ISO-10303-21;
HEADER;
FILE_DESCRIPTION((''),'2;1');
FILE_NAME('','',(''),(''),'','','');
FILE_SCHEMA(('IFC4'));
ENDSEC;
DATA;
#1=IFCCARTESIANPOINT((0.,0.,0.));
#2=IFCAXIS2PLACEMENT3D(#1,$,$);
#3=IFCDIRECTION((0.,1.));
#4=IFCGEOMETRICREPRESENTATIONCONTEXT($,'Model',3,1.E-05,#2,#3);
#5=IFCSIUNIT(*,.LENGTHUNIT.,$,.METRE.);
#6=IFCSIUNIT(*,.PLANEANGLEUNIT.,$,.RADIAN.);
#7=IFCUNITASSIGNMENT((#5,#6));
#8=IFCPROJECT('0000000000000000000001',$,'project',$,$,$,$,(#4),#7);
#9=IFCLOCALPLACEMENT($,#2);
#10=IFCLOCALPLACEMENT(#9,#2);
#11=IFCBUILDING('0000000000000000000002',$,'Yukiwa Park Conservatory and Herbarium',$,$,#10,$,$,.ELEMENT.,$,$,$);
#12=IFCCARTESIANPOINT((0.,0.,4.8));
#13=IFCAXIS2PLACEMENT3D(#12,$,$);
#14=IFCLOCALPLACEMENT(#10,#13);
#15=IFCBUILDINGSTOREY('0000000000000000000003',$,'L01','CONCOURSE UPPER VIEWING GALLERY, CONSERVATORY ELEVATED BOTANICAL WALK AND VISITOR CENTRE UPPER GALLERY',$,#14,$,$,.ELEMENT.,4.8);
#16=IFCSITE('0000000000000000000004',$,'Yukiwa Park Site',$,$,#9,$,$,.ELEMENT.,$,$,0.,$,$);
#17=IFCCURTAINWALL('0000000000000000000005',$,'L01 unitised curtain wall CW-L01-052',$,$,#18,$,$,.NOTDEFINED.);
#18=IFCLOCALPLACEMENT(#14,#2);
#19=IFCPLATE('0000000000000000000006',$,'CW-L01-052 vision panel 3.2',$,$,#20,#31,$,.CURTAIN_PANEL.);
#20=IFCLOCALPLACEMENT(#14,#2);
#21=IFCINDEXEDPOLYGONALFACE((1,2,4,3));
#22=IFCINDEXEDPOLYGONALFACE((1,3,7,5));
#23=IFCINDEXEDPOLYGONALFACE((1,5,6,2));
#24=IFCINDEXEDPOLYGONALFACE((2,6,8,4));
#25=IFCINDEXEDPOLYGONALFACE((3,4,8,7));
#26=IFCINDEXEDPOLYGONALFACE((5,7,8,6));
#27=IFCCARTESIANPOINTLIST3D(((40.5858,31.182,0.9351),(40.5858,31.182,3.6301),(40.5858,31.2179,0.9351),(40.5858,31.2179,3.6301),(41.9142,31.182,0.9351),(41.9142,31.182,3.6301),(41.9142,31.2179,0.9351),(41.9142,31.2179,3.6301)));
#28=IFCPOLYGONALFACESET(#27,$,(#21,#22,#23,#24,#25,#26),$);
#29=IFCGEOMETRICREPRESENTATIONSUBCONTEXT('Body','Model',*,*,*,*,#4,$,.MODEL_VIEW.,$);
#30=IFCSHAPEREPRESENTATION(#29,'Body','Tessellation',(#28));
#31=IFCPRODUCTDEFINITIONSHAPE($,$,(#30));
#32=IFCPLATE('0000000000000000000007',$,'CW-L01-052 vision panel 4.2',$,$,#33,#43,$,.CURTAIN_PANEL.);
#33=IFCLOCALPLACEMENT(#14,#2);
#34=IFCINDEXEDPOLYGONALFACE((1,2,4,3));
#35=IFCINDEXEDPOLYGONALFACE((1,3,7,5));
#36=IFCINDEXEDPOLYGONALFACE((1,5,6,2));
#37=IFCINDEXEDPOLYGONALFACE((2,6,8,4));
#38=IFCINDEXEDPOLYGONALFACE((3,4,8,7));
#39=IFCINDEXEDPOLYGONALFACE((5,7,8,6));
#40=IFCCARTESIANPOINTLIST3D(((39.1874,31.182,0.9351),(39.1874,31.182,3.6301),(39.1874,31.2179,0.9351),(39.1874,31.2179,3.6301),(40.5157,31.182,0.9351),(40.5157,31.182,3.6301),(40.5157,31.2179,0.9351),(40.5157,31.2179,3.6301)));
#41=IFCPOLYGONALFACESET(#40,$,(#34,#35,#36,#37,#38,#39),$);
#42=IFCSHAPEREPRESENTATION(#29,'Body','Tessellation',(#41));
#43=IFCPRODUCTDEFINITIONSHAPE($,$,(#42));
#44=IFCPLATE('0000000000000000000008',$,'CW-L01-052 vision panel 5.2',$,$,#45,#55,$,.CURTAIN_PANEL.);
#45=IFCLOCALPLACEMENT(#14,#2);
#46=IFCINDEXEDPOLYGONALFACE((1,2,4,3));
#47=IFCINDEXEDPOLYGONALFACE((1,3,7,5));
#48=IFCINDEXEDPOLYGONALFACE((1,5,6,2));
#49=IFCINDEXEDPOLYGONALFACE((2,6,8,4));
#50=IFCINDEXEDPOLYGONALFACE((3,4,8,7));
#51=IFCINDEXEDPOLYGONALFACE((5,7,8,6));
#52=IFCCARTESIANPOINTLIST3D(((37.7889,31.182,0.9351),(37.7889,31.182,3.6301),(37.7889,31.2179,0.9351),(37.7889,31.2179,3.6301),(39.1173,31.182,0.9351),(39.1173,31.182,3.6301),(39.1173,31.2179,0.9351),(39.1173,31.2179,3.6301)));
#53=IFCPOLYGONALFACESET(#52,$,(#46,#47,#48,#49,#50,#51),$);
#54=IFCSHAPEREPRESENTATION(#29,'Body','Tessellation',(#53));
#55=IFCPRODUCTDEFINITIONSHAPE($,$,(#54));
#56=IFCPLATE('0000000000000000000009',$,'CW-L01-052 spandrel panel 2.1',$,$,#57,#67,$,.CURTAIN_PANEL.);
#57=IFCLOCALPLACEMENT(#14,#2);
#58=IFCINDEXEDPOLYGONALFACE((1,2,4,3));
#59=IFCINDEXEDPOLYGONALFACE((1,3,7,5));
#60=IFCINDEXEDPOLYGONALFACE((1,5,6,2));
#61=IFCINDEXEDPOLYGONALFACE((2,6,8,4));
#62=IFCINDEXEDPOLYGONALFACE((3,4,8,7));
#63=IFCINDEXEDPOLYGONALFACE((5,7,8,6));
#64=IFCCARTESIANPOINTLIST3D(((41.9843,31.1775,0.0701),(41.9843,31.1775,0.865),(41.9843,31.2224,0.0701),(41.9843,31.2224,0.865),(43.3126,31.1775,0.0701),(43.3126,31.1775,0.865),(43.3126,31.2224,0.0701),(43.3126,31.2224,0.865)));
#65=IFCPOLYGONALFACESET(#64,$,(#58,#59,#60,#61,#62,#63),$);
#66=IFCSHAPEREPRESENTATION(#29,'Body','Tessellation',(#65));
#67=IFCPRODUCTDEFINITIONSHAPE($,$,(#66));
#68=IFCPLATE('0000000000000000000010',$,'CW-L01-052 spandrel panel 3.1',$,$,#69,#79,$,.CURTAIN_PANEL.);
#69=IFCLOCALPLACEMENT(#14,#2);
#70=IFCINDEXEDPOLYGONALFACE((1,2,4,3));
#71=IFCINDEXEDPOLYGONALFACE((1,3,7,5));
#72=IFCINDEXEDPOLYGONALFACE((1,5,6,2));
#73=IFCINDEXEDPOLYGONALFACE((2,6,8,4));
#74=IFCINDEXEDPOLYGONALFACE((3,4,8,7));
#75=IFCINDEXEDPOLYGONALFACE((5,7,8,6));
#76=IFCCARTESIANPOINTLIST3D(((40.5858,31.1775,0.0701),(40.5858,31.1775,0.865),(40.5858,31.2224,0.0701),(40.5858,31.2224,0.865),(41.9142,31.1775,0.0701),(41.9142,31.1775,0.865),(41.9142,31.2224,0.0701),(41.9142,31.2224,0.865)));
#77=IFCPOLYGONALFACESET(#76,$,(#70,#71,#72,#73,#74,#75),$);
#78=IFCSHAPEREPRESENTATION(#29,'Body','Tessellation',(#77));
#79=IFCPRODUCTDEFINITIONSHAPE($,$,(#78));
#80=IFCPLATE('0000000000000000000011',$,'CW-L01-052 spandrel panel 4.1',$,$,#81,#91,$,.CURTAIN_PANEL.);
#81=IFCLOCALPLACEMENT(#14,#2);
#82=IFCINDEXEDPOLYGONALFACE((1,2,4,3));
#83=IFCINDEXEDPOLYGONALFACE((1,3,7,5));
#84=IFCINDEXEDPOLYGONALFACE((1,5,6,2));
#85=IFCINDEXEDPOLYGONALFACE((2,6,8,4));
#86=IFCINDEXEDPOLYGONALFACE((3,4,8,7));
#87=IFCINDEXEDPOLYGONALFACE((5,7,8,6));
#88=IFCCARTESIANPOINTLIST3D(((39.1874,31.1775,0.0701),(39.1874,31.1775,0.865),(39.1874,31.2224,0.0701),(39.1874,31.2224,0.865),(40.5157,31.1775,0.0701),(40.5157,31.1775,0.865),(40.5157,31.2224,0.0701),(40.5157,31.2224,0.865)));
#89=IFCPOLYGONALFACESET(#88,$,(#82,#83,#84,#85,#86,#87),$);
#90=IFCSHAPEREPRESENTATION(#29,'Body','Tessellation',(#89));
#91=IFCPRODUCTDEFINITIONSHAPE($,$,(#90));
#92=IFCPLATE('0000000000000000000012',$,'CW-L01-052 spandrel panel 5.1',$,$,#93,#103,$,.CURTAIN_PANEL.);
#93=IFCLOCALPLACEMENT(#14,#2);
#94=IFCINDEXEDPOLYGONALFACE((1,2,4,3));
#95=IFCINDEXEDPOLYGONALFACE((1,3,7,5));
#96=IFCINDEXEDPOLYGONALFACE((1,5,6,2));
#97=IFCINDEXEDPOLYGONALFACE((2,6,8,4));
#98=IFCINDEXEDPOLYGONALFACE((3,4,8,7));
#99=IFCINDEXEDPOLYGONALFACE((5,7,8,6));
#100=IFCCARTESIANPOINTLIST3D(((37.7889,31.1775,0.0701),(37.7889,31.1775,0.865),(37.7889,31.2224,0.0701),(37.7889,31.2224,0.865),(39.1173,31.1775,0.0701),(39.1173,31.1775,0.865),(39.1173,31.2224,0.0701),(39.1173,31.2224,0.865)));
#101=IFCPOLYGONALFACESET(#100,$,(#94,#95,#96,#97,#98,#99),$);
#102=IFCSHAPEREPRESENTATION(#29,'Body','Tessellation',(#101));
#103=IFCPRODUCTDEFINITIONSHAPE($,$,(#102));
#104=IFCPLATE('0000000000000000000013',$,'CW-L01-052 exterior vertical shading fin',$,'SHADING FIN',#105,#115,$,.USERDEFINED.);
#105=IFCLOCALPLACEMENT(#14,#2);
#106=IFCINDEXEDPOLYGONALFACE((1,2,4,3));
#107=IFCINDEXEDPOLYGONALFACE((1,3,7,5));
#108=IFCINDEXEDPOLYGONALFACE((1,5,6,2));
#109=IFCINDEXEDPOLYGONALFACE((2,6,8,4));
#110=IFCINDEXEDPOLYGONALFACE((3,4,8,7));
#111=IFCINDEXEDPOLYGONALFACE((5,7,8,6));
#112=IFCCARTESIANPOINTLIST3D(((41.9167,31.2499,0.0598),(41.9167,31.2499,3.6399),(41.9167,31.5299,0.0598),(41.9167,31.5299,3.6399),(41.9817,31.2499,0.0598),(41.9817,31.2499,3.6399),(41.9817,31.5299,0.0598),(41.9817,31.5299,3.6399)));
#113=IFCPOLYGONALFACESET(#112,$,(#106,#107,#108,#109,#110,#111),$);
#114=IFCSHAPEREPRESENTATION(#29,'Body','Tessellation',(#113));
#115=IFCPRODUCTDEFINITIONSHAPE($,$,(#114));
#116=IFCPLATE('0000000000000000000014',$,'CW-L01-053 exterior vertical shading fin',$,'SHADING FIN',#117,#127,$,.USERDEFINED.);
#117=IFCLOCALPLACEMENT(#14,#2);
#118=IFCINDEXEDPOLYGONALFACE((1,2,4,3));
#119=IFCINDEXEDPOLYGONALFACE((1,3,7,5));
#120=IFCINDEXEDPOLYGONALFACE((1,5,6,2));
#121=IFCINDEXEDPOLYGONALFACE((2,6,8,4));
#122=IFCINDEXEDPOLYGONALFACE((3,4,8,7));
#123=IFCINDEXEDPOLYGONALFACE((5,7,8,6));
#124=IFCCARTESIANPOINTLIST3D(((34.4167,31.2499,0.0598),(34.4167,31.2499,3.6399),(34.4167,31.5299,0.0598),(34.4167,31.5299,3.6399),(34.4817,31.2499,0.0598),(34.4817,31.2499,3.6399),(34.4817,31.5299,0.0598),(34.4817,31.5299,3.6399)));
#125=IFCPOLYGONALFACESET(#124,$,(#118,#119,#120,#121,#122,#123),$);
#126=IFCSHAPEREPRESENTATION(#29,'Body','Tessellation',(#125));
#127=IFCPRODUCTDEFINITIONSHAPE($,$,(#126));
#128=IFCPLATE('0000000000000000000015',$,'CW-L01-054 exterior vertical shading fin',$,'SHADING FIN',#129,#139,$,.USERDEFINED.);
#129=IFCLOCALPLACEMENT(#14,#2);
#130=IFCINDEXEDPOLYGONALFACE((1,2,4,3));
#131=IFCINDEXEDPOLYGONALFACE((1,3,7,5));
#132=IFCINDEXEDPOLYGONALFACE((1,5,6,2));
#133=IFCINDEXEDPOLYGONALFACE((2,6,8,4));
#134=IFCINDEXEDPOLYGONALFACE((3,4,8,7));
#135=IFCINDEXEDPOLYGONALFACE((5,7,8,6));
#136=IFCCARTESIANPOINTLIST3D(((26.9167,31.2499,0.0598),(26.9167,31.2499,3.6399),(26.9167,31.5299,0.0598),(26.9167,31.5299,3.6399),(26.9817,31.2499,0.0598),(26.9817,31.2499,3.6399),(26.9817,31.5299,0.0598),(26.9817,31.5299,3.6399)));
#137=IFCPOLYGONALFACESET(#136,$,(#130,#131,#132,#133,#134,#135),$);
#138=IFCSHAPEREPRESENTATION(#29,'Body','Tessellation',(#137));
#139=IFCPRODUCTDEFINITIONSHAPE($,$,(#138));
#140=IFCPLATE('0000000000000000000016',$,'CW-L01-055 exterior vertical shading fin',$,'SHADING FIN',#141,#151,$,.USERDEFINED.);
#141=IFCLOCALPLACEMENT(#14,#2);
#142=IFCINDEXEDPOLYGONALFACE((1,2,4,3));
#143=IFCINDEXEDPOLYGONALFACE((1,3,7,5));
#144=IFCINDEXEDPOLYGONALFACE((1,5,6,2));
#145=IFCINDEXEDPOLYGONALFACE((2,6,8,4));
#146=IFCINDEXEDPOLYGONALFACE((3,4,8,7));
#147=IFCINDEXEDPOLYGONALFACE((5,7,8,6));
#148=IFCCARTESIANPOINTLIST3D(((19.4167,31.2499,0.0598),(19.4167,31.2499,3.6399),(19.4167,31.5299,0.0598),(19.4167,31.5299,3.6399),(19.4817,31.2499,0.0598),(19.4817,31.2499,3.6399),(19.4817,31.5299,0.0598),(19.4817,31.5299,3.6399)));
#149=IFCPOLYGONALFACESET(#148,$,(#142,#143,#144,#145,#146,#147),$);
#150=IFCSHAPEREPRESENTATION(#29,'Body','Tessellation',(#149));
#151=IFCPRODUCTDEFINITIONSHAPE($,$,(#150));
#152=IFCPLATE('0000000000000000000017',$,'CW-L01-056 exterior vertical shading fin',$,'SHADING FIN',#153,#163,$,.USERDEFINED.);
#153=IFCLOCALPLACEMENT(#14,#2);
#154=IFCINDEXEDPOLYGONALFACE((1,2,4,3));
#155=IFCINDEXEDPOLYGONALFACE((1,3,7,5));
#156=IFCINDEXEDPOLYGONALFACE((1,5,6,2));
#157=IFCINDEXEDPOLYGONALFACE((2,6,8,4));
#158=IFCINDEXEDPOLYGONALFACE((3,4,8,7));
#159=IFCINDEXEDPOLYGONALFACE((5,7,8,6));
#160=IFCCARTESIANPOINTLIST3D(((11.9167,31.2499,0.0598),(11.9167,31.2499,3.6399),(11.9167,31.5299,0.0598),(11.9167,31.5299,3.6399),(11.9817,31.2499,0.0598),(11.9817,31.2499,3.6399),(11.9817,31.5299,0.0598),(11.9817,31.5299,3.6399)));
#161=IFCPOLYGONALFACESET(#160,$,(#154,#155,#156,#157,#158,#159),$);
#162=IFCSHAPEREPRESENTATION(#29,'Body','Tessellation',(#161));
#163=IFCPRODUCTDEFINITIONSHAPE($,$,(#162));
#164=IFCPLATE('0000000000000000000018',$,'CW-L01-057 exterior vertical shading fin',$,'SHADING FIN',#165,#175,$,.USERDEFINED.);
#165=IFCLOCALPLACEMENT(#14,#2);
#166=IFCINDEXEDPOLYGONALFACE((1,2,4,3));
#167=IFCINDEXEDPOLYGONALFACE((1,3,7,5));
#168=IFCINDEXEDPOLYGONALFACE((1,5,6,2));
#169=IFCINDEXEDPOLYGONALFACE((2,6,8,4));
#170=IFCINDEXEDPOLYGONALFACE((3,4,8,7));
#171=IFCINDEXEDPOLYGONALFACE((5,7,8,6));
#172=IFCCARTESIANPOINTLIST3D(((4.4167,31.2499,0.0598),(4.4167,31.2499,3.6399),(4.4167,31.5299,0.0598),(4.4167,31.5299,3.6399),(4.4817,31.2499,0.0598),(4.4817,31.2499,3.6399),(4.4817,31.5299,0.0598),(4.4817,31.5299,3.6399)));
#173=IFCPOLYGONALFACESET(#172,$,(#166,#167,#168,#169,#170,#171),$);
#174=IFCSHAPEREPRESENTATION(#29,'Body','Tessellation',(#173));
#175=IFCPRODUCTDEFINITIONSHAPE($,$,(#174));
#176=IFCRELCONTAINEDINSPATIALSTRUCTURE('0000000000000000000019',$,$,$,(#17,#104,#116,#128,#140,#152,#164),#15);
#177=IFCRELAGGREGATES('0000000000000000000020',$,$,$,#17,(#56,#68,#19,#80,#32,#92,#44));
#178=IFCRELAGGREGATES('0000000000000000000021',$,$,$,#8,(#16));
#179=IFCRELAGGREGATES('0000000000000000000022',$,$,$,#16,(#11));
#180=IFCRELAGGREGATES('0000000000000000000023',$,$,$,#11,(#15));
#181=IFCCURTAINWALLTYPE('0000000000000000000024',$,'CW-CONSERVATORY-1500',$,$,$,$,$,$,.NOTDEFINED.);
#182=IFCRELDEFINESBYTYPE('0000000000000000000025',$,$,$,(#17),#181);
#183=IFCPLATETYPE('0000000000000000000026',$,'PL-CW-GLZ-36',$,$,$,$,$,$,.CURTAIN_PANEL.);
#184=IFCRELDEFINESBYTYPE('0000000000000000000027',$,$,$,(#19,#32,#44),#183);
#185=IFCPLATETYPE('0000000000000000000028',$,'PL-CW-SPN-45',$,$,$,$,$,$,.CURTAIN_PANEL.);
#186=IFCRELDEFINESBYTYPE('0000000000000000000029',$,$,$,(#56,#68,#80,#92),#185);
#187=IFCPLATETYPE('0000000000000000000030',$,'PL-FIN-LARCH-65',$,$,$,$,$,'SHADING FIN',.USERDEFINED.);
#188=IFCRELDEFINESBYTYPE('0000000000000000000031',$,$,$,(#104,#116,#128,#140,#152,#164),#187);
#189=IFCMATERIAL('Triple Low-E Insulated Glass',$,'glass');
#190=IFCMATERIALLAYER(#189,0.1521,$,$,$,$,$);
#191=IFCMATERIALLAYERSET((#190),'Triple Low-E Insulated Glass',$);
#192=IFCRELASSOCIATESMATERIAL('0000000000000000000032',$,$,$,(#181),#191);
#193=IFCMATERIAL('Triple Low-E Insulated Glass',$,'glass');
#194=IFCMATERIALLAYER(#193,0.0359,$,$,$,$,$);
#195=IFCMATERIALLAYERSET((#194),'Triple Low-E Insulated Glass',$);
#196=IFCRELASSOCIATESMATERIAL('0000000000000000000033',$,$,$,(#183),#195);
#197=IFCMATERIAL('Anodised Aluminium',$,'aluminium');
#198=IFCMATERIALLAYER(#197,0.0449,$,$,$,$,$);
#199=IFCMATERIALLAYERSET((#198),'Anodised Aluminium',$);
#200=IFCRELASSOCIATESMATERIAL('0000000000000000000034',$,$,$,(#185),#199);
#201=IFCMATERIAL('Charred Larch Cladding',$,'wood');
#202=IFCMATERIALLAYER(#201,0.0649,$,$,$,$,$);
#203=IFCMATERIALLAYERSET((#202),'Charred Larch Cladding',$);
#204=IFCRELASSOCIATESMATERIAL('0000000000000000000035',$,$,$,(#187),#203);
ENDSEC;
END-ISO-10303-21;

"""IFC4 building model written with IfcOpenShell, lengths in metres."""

from ifc_helpers import new_model, si_unit, direction, frame, origin, origin_2d, place, context, subcontext, project, spatial, rectangle, extrude, material, layer, layer_set, type_object, element, aggregate, save


model = new_model("IFC4")

# Units and contexts
model_context = context("Model", 3, precision=1e-05, world=origin(), true_north=direction((0.0, 1.0)))
body_context = subcontext(model_context, "Body", "Model", "MODEL_VIEW")
ifc_project = project(units=[si_unit("LENGTHUNIT", "METRE"), si_unit("PLANEANGLEUNIT", "RADIAN")], contexts=[model_context])

# Site, building, storey
site_placement = place(None, origin())
site = spatial("IfcSite", under=ifc_project, at=site_placement, Name="Yukiwa Park Site", CompositionType="ELEMENT", RefElevation=0.0)
building_placement = place(site_placement, origin())
building = spatial("IfcBuilding", under=site, at=building_placement, Name="Yukiwa Park Conservatory and Herbarium", CompositionType="ELEMENT")
storey_placement = place(building_placement, frame((0.0, 0.0, 4.8)))
storey = spatial("IfcBuildingStorey", under=building, at=storey_placement, Name="L01", Description="CONCOURSE UPPER VIEWING GALLERY, CONSERVATORY ELEVATED BOTANICAL WALK AND VISITOR CENTRE UPPER GALLERY", CompositionType="ELEMENT", Elevation=4.8)

# Curtain wall, plates
ifc_material_1 = material(Name="Triple Low-E Insulated Glass", Category="glass")
ifc_layer_1 = layer(ifc_material_1, 0.1521)
ifc_layer_set_1 = layer_set([ifc_layer_1], Name="Triple Low-E Insulated Glass")
curtain_wall_type = type_object("IfcCurtainWallType", Name="CW-CONSERVATORY-1500", PredefinedType="NOTDEFINED", material=ifc_layer_set_1)
curtain_wall_placement = place(storey_placement, origin())
curtain_wall = element("IfcCurtainWall", 1, at=curtain_wall_placement, inside=storey, type_object=curtain_wall_type, Name="L01 unitised curtain wall CW-L01-052", PredefinedType="NOTDEFINED")
ifc_material_2 = material(Name="Triple Low-E Insulated Glass", Category="glass")
ifc_layer_2 = layer(ifc_material_2, 0.0359)
ifc_layer_set_2 = layer_set([ifc_layer_2], Name="Triple Low-E Insulated Glass")
plate_type_1 = type_object("IfcPlateType", Name="PL-CW-GLZ-36", PredefinedType="CURTAIN_PANEL", material=ifc_layer_set_2)
plate_1_placement = place(storey_placement, frame((41.25, 31.2, 0.9351), z_axis=(0.0, 0.0, 1.0), x_axis=(-1.0, 0.0, 0.0)))
plate_1 = element("IfcPlate", 2, at=plate_1_placement, type_object=plate_type_1, Name="CW-L01-052 vision panel 3.2", PredefinedType="CURTAIN_PANEL", context=body_context, shape_type="SweptSolid", body=[
    extrude(rectangle(XDim=1.3284, YDim=0.0359, at=origin_2d()), origin(), (0.0, 0.0, 1.0), 2.6951),
])
plate_2_placement = place(storey_placement, frame((39.8516, 31.2, 0.9351), z_axis=(0.0, 0.0, 1.0), x_axis=(-1.0, 0.0, 0.0)))
plate_2 = element("IfcPlate", 3, at=plate_2_placement, type_object=plate_type_1, Name="CW-L01-052 vision panel 4.2", PredefinedType="CURTAIN_PANEL", context=body_context, shape_type="SweptSolid", body=[
    extrude(rectangle(XDim=1.3284, YDim=0.0359, at=origin_2d()), origin(), (0.0, 0.0, 1.0), 2.6951),
])
plate_3_placement = place(storey_placement, frame((38.4531, 31.2, 0.9351), z_axis=(0.0, 0.0, 1.0), x_axis=(-1.0, 0.0, 0.0)))
plate_3 = element("IfcPlate", 4, at=plate_3_placement, type_object=plate_type_1, Name="CW-L01-052 vision panel 5.2", PredefinedType="CURTAIN_PANEL", context=body_context, shape_type="SweptSolid", body=[
    extrude(rectangle(XDim=1.3284, YDim=0.0359, at=origin_2d()), origin(), (0.0, 0.0, 1.0), 2.6951),
])
ifc_material_3 = material(Name="Anodised Aluminium", Category="aluminium")
ifc_layer_3 = layer(ifc_material_3, 0.0449)
ifc_layer_set_3 = layer_set([ifc_layer_3], Name="Anodised Aluminium")
plate_type_2 = type_object("IfcPlateType", Name="PL-CW-SPN-45", PredefinedType="CURTAIN_PANEL", material=ifc_layer_set_3)
plate_4_placement = place(storey_placement, frame((42.6484, 31.2, 0.0701), z_axis=(0.0, 0.0, 1.0), x_axis=(-1.0, 0.0, 0.0)))
plate_4 = element("IfcPlate", 5, at=plate_4_placement, type_object=plate_type_2, Name="CW-L01-052 spandrel panel 2.1", PredefinedType="CURTAIN_PANEL", context=body_context, shape_type="SweptSolid", body=[
    extrude(rectangle(XDim=1.3284, YDim=0.0449, at=origin_2d()), origin(), (0.0, 0.0, 1.0), 0.7949),
])
plate_5_placement = place(storey_placement, frame((41.25, 31.2, 0.0701), z_axis=(0.0, 0.0, 1.0), x_axis=(-1.0, 0.0, 0.0)))
plate_5 = element("IfcPlate", 6, at=plate_5_placement, type_object=plate_type_2, Name="CW-L01-052 spandrel panel 3.1", PredefinedType="CURTAIN_PANEL", context=body_context, shape_type="SweptSolid", body=[
    extrude(rectangle(XDim=1.3284, YDim=0.0449, at=origin_2d()), origin(), (0.0, 0.0, 1.0), 0.7949),
])
plate_6_placement = place(storey_placement, frame((39.8516, 31.2, 0.0701), z_axis=(0.0, 0.0, 1.0), x_axis=(-1.0, 0.0, 0.0)))
plate_6 = element("IfcPlate", 7, at=plate_6_placement, type_object=plate_type_2, Name="CW-L01-052 spandrel panel 4.1", PredefinedType="CURTAIN_PANEL", context=body_context, shape_type="SweptSolid", body=[
    extrude(rectangle(XDim=1.3284, YDim=0.0449, at=origin_2d()), origin(), (0.0, 0.0, 1.0), 0.7949),
])
plate_7_placement = place(storey_placement, frame((38.4531, 31.2, 0.0701), z_axis=(0.0, 0.0, 1.0), x_axis=(-1.0, 0.0, 0.0)))
plate_7 = element("IfcPlate", 8, at=plate_7_placement, type_object=plate_type_2, Name="CW-L01-052 spandrel panel 5.1", PredefinedType="CURTAIN_PANEL", context=body_context, shape_type="SweptSolid", body=[
    extrude(rectangle(XDim=1.3284, YDim=0.0449, at=origin_2d()), origin(), (0.0, 0.0, 1.0), 0.7949),
])
aggregate(curtain_wall, [plate_4, plate_5, plate_1, plate_6, plate_2, plate_7, plate_3])

# Plates
ifc_material_4 = material(Name="Charred Larch Cladding", Category="wood")
ifc_layer_4 = layer(ifc_material_4, 0.0649)
ifc_layer_set_4 = layer_set([ifc_layer_4], Name="Charred Larch Cladding")
plate_type_3 = type_object("IfcPlateType", Name="PL-FIN-LARCH-65", ElementType="SHADING FIN", PredefinedType="USERDEFINED", material=ifc_layer_set_4)
for number, where, z_axis, x_axis, name in (
    (9, (41.9492, 31.3899, 0.0598), (0.0, 0.0, 1.0), (-1.0, 0.0, 0.0), "CW-L01-052 exterior vertical shading fin"),
    (10, (34.4492, 31.3899, 0.0598), (0.0, 0.0, 1.0), (-1.0, 0.0, 0.0), "CW-L01-053 exterior vertical shading fin"),
    (11, (26.9492, 31.3899, 0.0598), (0.0, 0.0, 1.0), (-1.0, 0.0, 0.0), "CW-L01-054 exterior vertical shading fin"),
    (12, (19.4492, 31.3899, 0.0598), (0.0, 0.0, 1.0), (-1.0, 0.0, 0.0), "CW-L01-055 exterior vertical shading fin"),
    (13, (11.9492, 31.3899, 0.0598), (0.0, 0.0, 1.0), (-1.0, 0.0, 0.0), "CW-L01-056 exterior vertical shading fin"),
    (14, (4.4492, 31.3899, 0.0598), (0.0, 0.0, 1.0), (-1.0, 0.0, 0.0), "CW-L01-057 exterior vertical shading fin"),
):
    element("IfcPlate", number, at=place(storey_placement, frame(where, z_axis=z_axis, x_axis=x_axis)), inside=storey, type_object=plate_type_3, Name=name, ObjectType="SHADING FIN", PredefinedType="USERDEFINED", context=body_context, shape_type="SweptSolid", body=[
        extrude(rectangle(XDim=0.0649, YDim=0.28, at=origin_2d()), origin(), (0.0, 0.0, 1.0), 3.5801),
    ])

save(model, "model.ifc")
